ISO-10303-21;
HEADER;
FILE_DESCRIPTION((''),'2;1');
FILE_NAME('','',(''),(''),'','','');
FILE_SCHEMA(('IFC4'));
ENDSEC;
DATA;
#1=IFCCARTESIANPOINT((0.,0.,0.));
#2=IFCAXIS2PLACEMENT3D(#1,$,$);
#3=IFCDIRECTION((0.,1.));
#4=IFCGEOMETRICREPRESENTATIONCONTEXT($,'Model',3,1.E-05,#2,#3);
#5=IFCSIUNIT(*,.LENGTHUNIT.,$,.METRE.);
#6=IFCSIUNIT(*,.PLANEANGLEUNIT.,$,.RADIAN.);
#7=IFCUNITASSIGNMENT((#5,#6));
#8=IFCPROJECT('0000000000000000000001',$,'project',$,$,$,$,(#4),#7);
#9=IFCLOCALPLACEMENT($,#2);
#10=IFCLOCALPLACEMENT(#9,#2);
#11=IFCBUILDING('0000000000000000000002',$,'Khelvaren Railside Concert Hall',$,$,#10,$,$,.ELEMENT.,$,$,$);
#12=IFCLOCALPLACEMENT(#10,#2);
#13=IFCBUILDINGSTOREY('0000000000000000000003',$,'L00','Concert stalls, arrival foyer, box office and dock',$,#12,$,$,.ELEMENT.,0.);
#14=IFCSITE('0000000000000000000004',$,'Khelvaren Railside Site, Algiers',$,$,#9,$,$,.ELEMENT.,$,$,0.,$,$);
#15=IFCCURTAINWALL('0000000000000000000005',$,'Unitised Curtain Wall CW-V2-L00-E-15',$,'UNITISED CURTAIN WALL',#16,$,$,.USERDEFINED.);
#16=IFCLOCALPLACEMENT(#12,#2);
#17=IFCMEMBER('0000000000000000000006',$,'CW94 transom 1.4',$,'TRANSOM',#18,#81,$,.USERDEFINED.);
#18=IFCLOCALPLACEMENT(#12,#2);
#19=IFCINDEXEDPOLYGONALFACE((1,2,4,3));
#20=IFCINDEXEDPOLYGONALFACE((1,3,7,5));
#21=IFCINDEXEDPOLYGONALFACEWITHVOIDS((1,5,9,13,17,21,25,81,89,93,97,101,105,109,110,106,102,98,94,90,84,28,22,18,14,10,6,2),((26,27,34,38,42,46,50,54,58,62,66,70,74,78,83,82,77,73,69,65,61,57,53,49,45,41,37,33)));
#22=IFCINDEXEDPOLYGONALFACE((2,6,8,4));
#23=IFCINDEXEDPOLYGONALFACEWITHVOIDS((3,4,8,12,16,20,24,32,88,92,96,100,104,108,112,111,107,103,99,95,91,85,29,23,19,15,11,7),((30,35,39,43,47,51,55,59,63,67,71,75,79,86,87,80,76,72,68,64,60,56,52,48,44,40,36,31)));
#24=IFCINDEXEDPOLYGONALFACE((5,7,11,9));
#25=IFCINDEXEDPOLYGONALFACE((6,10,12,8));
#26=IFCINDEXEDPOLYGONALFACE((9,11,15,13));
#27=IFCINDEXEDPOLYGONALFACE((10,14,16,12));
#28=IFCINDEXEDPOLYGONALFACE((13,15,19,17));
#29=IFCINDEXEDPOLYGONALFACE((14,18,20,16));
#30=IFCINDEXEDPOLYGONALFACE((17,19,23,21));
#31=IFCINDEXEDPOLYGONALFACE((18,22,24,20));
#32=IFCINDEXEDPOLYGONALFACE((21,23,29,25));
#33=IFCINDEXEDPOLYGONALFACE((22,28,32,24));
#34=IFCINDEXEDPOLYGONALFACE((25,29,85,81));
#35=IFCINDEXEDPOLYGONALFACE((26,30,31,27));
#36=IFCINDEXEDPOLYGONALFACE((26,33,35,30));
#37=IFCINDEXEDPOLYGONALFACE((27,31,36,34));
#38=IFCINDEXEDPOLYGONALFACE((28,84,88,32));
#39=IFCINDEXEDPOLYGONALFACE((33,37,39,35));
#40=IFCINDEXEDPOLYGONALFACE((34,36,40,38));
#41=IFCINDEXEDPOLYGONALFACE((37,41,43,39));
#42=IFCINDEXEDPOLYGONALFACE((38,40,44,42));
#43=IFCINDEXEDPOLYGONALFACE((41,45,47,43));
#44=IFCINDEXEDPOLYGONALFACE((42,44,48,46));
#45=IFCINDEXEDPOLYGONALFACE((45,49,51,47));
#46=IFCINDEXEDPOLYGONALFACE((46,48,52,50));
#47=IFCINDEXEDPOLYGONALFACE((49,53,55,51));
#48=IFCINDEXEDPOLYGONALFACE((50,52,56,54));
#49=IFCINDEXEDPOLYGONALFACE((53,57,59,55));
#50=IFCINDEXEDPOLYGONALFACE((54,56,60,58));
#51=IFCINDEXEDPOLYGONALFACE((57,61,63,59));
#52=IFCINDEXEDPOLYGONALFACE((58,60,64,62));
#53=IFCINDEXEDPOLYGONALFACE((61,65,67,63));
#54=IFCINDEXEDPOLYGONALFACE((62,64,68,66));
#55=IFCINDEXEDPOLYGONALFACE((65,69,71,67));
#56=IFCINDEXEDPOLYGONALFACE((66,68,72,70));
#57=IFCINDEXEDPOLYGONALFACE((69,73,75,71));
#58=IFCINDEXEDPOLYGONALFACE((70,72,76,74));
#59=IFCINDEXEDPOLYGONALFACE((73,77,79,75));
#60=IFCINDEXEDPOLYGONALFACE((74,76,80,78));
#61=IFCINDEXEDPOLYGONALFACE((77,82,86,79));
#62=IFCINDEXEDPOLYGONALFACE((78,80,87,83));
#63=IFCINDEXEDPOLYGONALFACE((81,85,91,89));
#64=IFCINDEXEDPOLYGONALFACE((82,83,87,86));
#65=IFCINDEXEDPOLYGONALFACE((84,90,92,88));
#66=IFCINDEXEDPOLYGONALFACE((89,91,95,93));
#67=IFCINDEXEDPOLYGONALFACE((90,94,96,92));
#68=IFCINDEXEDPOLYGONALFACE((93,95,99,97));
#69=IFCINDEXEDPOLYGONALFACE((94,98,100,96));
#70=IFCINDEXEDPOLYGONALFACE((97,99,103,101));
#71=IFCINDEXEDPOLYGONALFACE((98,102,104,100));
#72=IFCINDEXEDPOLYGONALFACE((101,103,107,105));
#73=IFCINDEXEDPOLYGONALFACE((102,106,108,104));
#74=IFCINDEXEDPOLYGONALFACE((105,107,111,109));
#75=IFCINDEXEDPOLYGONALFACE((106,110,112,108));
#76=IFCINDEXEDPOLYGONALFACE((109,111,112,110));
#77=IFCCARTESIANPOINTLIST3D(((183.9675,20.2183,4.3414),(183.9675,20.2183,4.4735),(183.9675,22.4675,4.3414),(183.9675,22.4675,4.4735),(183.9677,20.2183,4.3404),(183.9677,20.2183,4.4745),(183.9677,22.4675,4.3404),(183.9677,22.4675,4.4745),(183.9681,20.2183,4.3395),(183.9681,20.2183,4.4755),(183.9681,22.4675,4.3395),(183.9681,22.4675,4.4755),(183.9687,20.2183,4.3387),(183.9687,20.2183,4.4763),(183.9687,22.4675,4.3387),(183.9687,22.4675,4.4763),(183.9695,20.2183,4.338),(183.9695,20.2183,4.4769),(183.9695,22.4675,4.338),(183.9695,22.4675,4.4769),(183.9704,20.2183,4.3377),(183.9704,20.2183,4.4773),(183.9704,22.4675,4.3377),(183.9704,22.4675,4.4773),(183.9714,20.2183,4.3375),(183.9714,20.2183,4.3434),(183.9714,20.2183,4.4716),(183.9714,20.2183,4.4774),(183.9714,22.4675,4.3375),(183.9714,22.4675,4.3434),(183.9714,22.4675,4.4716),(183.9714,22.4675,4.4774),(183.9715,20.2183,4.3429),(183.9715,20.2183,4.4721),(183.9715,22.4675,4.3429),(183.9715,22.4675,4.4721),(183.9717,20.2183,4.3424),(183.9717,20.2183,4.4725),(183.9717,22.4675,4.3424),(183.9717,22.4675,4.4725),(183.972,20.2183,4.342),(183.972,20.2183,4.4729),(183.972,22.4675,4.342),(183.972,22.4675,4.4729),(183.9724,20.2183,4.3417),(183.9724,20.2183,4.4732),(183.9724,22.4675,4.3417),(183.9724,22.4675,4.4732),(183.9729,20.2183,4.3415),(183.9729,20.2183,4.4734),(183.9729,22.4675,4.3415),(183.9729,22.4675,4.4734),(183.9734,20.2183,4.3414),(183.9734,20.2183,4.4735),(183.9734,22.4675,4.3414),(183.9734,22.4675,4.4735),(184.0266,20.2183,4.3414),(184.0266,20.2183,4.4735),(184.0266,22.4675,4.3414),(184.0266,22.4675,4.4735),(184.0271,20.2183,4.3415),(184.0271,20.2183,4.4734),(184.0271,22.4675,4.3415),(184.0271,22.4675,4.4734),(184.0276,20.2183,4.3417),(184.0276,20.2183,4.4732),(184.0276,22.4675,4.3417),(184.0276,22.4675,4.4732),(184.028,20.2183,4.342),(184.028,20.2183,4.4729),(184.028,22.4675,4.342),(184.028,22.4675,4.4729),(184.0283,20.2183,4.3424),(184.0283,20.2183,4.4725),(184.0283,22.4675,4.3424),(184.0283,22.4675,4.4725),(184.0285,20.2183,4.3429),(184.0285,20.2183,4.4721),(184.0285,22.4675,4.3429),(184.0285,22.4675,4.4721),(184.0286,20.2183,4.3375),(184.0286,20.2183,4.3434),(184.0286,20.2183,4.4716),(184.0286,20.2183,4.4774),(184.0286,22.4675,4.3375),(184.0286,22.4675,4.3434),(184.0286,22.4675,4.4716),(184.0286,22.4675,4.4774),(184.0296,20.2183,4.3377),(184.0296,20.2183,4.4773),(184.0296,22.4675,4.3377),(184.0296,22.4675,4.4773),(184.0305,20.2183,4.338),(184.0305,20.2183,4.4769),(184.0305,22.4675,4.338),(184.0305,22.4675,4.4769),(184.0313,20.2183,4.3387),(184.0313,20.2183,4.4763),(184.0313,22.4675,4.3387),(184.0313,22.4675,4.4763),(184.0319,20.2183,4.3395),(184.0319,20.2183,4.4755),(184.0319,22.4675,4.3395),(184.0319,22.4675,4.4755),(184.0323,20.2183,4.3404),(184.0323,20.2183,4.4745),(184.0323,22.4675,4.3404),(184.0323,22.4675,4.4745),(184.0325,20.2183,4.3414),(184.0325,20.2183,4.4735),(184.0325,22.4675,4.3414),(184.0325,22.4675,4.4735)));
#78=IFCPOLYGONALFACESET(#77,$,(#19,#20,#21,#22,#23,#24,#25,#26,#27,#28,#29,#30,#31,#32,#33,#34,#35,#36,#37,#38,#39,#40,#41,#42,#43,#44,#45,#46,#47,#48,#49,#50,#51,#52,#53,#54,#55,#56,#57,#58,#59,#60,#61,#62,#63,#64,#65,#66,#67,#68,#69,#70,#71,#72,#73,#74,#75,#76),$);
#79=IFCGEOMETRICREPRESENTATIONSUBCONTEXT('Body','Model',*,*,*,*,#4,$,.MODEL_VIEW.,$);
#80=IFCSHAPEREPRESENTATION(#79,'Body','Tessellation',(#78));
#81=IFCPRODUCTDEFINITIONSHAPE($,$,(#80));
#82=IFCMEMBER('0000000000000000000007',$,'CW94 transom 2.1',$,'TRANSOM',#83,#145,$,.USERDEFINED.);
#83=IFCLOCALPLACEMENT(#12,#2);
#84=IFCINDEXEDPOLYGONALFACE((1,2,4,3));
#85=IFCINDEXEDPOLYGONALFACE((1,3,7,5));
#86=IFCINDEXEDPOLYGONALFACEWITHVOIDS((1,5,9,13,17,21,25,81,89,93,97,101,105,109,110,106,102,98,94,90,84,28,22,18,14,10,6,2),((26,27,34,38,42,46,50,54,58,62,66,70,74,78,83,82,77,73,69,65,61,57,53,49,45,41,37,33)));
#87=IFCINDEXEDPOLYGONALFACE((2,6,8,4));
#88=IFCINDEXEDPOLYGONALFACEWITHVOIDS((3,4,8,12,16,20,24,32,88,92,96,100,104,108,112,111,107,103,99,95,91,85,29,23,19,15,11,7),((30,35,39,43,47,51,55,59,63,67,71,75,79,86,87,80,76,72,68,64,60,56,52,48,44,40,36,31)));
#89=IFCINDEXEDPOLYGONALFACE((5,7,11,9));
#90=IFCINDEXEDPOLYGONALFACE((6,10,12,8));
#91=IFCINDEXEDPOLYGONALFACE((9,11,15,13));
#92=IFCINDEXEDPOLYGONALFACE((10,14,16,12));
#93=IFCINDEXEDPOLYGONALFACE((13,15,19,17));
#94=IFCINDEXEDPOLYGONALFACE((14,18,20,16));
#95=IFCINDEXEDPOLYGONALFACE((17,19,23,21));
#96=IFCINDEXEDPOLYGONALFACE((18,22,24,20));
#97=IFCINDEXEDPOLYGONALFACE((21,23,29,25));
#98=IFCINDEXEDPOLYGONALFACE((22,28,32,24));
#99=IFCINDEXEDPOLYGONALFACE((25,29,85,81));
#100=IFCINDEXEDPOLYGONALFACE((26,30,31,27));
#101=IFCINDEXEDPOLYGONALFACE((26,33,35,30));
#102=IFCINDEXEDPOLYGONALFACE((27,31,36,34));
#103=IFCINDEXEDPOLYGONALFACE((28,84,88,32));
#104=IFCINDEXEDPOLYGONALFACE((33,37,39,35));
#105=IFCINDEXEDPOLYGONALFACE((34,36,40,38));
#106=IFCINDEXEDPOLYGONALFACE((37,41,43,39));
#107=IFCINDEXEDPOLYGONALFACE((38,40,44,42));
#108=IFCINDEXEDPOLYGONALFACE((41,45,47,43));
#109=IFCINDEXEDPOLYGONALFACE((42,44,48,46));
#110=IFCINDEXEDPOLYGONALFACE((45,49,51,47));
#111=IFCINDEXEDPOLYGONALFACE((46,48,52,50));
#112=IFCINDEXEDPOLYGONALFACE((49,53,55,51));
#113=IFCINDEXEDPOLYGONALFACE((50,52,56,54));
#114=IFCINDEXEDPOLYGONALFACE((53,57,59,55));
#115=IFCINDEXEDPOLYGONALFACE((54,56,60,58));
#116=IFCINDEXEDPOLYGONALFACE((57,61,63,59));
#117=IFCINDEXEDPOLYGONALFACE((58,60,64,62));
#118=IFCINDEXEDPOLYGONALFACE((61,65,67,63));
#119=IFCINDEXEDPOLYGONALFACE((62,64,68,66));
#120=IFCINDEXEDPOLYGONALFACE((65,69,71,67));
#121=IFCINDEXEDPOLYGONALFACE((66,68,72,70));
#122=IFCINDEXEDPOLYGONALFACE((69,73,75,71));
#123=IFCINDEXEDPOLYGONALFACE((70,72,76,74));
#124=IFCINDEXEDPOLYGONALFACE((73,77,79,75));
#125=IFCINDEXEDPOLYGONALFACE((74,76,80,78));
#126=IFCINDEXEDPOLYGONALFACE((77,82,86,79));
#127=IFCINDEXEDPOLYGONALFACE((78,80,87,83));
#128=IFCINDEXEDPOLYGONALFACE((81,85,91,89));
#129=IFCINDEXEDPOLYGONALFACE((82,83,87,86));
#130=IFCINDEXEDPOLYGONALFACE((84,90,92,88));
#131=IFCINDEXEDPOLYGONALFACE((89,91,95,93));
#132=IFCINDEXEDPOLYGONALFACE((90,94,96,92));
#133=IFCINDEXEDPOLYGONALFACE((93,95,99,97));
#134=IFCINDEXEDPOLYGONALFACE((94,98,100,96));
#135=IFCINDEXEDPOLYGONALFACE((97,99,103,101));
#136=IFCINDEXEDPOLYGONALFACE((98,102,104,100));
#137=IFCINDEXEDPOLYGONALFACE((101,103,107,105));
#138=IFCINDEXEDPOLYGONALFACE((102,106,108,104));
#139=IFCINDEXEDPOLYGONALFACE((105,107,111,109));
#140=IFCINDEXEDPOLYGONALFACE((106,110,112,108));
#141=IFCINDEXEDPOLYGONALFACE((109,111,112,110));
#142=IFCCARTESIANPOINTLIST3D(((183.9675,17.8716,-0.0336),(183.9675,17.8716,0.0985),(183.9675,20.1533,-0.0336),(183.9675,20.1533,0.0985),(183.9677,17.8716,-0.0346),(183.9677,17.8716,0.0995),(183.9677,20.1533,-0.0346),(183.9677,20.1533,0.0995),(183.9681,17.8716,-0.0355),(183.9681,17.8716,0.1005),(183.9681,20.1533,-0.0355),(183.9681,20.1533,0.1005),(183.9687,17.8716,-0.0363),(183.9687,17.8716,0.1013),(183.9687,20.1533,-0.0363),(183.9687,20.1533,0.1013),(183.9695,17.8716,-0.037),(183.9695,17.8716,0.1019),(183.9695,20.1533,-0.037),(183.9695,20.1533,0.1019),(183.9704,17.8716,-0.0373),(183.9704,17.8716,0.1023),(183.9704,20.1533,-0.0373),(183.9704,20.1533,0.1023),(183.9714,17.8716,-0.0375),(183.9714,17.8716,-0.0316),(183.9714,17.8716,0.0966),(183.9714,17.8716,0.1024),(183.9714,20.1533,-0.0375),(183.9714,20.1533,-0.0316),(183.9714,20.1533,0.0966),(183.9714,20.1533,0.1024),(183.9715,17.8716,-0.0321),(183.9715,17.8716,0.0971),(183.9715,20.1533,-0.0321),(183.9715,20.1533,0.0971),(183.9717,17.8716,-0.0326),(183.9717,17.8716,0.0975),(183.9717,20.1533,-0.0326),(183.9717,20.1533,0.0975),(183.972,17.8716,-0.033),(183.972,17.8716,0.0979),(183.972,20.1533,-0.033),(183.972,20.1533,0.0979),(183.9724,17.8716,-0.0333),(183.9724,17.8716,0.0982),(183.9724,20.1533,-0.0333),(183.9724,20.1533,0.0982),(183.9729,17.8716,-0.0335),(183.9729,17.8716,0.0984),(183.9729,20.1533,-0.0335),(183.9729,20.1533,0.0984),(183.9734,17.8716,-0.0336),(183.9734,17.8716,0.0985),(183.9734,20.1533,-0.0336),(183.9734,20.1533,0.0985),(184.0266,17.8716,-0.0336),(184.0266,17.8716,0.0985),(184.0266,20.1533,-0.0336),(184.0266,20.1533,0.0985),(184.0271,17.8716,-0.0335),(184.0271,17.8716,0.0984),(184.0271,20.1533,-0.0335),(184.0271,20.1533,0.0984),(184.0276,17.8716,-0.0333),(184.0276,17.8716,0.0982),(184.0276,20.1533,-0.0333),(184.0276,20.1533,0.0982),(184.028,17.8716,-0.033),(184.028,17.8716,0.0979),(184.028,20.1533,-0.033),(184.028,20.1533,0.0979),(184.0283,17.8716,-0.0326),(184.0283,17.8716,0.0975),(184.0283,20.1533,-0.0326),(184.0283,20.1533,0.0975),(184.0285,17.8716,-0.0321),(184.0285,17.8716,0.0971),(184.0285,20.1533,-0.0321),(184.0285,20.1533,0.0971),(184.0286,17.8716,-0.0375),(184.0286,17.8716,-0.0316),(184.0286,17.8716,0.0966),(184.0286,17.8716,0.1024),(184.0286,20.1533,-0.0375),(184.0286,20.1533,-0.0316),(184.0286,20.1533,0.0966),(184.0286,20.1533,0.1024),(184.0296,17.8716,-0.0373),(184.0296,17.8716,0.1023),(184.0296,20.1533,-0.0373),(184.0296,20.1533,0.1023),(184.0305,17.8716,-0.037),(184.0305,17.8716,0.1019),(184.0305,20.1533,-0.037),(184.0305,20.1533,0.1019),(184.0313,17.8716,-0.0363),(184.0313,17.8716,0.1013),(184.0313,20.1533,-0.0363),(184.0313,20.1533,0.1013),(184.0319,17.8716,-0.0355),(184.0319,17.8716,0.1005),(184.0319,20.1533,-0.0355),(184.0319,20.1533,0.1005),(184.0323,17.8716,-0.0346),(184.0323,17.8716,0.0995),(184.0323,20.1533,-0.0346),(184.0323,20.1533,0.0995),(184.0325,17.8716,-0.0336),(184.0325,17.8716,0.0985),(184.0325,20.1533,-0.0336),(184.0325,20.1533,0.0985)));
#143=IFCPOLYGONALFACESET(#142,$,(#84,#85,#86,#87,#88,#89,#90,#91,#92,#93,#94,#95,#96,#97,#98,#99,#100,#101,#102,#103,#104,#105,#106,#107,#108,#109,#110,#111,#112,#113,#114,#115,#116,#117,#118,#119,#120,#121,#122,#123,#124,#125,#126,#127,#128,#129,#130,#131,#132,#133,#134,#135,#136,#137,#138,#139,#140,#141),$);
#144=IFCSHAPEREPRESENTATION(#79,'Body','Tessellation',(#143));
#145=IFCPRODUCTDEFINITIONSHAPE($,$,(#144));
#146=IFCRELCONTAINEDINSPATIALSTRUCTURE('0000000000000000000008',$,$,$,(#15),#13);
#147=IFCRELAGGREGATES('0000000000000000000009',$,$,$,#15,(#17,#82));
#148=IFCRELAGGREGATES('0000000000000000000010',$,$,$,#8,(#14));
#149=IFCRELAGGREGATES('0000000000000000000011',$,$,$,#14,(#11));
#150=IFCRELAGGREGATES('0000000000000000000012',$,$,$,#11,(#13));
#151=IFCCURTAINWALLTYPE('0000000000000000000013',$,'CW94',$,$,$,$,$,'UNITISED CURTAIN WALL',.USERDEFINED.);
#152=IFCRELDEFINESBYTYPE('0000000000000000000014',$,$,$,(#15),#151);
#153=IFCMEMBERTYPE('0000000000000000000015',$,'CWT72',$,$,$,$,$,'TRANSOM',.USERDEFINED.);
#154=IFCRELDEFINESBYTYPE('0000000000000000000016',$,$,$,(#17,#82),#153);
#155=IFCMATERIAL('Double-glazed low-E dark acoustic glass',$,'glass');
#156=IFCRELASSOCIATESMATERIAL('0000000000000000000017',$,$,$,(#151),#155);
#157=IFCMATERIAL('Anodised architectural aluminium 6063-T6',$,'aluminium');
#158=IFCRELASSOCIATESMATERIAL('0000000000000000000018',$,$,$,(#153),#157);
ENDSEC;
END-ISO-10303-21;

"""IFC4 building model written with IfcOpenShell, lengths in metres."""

from ifc_helpers import new_model, si_unit, direction, frame, origin, origin_2d, place, context, subcontext, project, spatial, hollow_rectangle, extrude, material, material_profile, profile_set, type_object, element, aggregate, save


model = new_model("IFC4")

# Units and contexts
model_context = context("Model", 3, precision=1e-05, world=origin(), true_north=direction((0.0, 1.0)))
body_context = subcontext(model_context, "Body", "Model", "MODEL_VIEW")
ifc_project = project(units=[si_unit("LENGTHUNIT", "METRE"), si_unit("PLANEANGLEUNIT", "RADIAN")], contexts=[model_context])

# Site, building, storey
site_placement = place(None, origin())
site = spatial("IfcSite", under=ifc_project, at=site_placement, Name="Khelvaren Railside Site, Algiers", CompositionType="ELEMENT", RefElevation=0.0)
building_placement = place(site_placement, origin())
building = spatial("IfcBuilding", under=site, at=building_placement, Name="Khelvaren Railside Concert Hall", CompositionType="ELEMENT")
storey_placement = place(building_placement, origin())
storey = spatial("IfcBuildingStorey", under=building, at=storey_placement, Name="L00", Description="Concert stalls, arrival foyer, box office and dock", CompositionType="ELEMENT", Elevation=0.0)

# Curtain wall
ifc_material_1 = material(Name="Double-glazed low-E dark acoustic glass", Category="glass")
curtain_wall_type_1 = type_object("IfcCurtainWallType", Name="CW94", ElementType="UNITISED CURTAIN WALL", PredefinedType="USERDEFINED", material=ifc_material_1)
curtain_wall_1_placement = place(storey_placement, origin())
curtain_wall_1 = element("IfcCurtainWall", 1, at=curtain_wall_1_placement, inside=storey, type_object=curtain_wall_type_1, Name="Unitised Curtain Wall CW-V2-L00-E-15", ObjectType="UNITISED CURTAIN WALL", PredefinedType="USERDEFINED")
ifc_material_2 = material(Name="Anodised architectural aluminium 6063-T6", Category="aluminium")

# Members
ifc_material_profile_1 = material_profile(ifc_material_2, hollow_rectangle(XDim=0.0649, YDim=0.1399, WallThickness=0.0039, InnerFilletRadius=0.002, OuterFilletRadius=0.0039, at=origin_2d()), Name="CWT 65x140x4")
ifc_profile_set_1 = profile_set([ifc_material_profile_1], Name="Anodised architectural aluminium 6063-T6")
member_type_1 = type_object("IfcMemberType", Name="CWT72", ElementType="TRANSOM", PredefinedType="USERDEFINED", material=ifc_profile_set_1)
member_1_placement = place(storey_placement, frame((184.0, 22.4675, 4.4075), z_axis=(0.0, -1.0, 0.0), x_axis=(1.0, 0.0, 0.0)))
member_1 = element("IfcMember", 2, at=member_1_placement, type_object=member_type_1, Name="CW94 transom 1.4", ObjectType="TRANSOM", PredefinedType="USERDEFINED", context=body_context, shape_type="SweptSolid", body=[
    extrude(hollow_rectangle(XDim=0.0649, YDim=0.1399, WallThickness=0.0039, InnerFilletRadius=0.002, OuterFilletRadius=0.0039, at=origin_2d()), origin(), (0.0, 0.0, 1.0), 2.2493),
])
member_2_placement = place(storey_placement, frame((184.0, 20.1533, 0.0325), z_axis=(0.0, -1.0, 0.0), x_axis=(1.0, 0.0, 0.0)))
member_2 = element("IfcMember", 3, at=member_2_placement, type_object=member_type_1, Name="CW94 transom 2.1", ObjectType="TRANSOM", PredefinedType="USERDEFINED", context=body_context, shape_type="SweptSolid", body=[
    extrude(hollow_rectangle(XDim=0.0649, YDim=0.1399, WallThickness=0.0039, InnerFilletRadius=0.002, OuterFilletRadius=0.0039, at=origin_2d()), origin(), (0.0, 0.0, 1.0), 2.2817),
])

aggregate(curtain_wall_1, [member_1, member_2])

save(model, "model.ifc")
